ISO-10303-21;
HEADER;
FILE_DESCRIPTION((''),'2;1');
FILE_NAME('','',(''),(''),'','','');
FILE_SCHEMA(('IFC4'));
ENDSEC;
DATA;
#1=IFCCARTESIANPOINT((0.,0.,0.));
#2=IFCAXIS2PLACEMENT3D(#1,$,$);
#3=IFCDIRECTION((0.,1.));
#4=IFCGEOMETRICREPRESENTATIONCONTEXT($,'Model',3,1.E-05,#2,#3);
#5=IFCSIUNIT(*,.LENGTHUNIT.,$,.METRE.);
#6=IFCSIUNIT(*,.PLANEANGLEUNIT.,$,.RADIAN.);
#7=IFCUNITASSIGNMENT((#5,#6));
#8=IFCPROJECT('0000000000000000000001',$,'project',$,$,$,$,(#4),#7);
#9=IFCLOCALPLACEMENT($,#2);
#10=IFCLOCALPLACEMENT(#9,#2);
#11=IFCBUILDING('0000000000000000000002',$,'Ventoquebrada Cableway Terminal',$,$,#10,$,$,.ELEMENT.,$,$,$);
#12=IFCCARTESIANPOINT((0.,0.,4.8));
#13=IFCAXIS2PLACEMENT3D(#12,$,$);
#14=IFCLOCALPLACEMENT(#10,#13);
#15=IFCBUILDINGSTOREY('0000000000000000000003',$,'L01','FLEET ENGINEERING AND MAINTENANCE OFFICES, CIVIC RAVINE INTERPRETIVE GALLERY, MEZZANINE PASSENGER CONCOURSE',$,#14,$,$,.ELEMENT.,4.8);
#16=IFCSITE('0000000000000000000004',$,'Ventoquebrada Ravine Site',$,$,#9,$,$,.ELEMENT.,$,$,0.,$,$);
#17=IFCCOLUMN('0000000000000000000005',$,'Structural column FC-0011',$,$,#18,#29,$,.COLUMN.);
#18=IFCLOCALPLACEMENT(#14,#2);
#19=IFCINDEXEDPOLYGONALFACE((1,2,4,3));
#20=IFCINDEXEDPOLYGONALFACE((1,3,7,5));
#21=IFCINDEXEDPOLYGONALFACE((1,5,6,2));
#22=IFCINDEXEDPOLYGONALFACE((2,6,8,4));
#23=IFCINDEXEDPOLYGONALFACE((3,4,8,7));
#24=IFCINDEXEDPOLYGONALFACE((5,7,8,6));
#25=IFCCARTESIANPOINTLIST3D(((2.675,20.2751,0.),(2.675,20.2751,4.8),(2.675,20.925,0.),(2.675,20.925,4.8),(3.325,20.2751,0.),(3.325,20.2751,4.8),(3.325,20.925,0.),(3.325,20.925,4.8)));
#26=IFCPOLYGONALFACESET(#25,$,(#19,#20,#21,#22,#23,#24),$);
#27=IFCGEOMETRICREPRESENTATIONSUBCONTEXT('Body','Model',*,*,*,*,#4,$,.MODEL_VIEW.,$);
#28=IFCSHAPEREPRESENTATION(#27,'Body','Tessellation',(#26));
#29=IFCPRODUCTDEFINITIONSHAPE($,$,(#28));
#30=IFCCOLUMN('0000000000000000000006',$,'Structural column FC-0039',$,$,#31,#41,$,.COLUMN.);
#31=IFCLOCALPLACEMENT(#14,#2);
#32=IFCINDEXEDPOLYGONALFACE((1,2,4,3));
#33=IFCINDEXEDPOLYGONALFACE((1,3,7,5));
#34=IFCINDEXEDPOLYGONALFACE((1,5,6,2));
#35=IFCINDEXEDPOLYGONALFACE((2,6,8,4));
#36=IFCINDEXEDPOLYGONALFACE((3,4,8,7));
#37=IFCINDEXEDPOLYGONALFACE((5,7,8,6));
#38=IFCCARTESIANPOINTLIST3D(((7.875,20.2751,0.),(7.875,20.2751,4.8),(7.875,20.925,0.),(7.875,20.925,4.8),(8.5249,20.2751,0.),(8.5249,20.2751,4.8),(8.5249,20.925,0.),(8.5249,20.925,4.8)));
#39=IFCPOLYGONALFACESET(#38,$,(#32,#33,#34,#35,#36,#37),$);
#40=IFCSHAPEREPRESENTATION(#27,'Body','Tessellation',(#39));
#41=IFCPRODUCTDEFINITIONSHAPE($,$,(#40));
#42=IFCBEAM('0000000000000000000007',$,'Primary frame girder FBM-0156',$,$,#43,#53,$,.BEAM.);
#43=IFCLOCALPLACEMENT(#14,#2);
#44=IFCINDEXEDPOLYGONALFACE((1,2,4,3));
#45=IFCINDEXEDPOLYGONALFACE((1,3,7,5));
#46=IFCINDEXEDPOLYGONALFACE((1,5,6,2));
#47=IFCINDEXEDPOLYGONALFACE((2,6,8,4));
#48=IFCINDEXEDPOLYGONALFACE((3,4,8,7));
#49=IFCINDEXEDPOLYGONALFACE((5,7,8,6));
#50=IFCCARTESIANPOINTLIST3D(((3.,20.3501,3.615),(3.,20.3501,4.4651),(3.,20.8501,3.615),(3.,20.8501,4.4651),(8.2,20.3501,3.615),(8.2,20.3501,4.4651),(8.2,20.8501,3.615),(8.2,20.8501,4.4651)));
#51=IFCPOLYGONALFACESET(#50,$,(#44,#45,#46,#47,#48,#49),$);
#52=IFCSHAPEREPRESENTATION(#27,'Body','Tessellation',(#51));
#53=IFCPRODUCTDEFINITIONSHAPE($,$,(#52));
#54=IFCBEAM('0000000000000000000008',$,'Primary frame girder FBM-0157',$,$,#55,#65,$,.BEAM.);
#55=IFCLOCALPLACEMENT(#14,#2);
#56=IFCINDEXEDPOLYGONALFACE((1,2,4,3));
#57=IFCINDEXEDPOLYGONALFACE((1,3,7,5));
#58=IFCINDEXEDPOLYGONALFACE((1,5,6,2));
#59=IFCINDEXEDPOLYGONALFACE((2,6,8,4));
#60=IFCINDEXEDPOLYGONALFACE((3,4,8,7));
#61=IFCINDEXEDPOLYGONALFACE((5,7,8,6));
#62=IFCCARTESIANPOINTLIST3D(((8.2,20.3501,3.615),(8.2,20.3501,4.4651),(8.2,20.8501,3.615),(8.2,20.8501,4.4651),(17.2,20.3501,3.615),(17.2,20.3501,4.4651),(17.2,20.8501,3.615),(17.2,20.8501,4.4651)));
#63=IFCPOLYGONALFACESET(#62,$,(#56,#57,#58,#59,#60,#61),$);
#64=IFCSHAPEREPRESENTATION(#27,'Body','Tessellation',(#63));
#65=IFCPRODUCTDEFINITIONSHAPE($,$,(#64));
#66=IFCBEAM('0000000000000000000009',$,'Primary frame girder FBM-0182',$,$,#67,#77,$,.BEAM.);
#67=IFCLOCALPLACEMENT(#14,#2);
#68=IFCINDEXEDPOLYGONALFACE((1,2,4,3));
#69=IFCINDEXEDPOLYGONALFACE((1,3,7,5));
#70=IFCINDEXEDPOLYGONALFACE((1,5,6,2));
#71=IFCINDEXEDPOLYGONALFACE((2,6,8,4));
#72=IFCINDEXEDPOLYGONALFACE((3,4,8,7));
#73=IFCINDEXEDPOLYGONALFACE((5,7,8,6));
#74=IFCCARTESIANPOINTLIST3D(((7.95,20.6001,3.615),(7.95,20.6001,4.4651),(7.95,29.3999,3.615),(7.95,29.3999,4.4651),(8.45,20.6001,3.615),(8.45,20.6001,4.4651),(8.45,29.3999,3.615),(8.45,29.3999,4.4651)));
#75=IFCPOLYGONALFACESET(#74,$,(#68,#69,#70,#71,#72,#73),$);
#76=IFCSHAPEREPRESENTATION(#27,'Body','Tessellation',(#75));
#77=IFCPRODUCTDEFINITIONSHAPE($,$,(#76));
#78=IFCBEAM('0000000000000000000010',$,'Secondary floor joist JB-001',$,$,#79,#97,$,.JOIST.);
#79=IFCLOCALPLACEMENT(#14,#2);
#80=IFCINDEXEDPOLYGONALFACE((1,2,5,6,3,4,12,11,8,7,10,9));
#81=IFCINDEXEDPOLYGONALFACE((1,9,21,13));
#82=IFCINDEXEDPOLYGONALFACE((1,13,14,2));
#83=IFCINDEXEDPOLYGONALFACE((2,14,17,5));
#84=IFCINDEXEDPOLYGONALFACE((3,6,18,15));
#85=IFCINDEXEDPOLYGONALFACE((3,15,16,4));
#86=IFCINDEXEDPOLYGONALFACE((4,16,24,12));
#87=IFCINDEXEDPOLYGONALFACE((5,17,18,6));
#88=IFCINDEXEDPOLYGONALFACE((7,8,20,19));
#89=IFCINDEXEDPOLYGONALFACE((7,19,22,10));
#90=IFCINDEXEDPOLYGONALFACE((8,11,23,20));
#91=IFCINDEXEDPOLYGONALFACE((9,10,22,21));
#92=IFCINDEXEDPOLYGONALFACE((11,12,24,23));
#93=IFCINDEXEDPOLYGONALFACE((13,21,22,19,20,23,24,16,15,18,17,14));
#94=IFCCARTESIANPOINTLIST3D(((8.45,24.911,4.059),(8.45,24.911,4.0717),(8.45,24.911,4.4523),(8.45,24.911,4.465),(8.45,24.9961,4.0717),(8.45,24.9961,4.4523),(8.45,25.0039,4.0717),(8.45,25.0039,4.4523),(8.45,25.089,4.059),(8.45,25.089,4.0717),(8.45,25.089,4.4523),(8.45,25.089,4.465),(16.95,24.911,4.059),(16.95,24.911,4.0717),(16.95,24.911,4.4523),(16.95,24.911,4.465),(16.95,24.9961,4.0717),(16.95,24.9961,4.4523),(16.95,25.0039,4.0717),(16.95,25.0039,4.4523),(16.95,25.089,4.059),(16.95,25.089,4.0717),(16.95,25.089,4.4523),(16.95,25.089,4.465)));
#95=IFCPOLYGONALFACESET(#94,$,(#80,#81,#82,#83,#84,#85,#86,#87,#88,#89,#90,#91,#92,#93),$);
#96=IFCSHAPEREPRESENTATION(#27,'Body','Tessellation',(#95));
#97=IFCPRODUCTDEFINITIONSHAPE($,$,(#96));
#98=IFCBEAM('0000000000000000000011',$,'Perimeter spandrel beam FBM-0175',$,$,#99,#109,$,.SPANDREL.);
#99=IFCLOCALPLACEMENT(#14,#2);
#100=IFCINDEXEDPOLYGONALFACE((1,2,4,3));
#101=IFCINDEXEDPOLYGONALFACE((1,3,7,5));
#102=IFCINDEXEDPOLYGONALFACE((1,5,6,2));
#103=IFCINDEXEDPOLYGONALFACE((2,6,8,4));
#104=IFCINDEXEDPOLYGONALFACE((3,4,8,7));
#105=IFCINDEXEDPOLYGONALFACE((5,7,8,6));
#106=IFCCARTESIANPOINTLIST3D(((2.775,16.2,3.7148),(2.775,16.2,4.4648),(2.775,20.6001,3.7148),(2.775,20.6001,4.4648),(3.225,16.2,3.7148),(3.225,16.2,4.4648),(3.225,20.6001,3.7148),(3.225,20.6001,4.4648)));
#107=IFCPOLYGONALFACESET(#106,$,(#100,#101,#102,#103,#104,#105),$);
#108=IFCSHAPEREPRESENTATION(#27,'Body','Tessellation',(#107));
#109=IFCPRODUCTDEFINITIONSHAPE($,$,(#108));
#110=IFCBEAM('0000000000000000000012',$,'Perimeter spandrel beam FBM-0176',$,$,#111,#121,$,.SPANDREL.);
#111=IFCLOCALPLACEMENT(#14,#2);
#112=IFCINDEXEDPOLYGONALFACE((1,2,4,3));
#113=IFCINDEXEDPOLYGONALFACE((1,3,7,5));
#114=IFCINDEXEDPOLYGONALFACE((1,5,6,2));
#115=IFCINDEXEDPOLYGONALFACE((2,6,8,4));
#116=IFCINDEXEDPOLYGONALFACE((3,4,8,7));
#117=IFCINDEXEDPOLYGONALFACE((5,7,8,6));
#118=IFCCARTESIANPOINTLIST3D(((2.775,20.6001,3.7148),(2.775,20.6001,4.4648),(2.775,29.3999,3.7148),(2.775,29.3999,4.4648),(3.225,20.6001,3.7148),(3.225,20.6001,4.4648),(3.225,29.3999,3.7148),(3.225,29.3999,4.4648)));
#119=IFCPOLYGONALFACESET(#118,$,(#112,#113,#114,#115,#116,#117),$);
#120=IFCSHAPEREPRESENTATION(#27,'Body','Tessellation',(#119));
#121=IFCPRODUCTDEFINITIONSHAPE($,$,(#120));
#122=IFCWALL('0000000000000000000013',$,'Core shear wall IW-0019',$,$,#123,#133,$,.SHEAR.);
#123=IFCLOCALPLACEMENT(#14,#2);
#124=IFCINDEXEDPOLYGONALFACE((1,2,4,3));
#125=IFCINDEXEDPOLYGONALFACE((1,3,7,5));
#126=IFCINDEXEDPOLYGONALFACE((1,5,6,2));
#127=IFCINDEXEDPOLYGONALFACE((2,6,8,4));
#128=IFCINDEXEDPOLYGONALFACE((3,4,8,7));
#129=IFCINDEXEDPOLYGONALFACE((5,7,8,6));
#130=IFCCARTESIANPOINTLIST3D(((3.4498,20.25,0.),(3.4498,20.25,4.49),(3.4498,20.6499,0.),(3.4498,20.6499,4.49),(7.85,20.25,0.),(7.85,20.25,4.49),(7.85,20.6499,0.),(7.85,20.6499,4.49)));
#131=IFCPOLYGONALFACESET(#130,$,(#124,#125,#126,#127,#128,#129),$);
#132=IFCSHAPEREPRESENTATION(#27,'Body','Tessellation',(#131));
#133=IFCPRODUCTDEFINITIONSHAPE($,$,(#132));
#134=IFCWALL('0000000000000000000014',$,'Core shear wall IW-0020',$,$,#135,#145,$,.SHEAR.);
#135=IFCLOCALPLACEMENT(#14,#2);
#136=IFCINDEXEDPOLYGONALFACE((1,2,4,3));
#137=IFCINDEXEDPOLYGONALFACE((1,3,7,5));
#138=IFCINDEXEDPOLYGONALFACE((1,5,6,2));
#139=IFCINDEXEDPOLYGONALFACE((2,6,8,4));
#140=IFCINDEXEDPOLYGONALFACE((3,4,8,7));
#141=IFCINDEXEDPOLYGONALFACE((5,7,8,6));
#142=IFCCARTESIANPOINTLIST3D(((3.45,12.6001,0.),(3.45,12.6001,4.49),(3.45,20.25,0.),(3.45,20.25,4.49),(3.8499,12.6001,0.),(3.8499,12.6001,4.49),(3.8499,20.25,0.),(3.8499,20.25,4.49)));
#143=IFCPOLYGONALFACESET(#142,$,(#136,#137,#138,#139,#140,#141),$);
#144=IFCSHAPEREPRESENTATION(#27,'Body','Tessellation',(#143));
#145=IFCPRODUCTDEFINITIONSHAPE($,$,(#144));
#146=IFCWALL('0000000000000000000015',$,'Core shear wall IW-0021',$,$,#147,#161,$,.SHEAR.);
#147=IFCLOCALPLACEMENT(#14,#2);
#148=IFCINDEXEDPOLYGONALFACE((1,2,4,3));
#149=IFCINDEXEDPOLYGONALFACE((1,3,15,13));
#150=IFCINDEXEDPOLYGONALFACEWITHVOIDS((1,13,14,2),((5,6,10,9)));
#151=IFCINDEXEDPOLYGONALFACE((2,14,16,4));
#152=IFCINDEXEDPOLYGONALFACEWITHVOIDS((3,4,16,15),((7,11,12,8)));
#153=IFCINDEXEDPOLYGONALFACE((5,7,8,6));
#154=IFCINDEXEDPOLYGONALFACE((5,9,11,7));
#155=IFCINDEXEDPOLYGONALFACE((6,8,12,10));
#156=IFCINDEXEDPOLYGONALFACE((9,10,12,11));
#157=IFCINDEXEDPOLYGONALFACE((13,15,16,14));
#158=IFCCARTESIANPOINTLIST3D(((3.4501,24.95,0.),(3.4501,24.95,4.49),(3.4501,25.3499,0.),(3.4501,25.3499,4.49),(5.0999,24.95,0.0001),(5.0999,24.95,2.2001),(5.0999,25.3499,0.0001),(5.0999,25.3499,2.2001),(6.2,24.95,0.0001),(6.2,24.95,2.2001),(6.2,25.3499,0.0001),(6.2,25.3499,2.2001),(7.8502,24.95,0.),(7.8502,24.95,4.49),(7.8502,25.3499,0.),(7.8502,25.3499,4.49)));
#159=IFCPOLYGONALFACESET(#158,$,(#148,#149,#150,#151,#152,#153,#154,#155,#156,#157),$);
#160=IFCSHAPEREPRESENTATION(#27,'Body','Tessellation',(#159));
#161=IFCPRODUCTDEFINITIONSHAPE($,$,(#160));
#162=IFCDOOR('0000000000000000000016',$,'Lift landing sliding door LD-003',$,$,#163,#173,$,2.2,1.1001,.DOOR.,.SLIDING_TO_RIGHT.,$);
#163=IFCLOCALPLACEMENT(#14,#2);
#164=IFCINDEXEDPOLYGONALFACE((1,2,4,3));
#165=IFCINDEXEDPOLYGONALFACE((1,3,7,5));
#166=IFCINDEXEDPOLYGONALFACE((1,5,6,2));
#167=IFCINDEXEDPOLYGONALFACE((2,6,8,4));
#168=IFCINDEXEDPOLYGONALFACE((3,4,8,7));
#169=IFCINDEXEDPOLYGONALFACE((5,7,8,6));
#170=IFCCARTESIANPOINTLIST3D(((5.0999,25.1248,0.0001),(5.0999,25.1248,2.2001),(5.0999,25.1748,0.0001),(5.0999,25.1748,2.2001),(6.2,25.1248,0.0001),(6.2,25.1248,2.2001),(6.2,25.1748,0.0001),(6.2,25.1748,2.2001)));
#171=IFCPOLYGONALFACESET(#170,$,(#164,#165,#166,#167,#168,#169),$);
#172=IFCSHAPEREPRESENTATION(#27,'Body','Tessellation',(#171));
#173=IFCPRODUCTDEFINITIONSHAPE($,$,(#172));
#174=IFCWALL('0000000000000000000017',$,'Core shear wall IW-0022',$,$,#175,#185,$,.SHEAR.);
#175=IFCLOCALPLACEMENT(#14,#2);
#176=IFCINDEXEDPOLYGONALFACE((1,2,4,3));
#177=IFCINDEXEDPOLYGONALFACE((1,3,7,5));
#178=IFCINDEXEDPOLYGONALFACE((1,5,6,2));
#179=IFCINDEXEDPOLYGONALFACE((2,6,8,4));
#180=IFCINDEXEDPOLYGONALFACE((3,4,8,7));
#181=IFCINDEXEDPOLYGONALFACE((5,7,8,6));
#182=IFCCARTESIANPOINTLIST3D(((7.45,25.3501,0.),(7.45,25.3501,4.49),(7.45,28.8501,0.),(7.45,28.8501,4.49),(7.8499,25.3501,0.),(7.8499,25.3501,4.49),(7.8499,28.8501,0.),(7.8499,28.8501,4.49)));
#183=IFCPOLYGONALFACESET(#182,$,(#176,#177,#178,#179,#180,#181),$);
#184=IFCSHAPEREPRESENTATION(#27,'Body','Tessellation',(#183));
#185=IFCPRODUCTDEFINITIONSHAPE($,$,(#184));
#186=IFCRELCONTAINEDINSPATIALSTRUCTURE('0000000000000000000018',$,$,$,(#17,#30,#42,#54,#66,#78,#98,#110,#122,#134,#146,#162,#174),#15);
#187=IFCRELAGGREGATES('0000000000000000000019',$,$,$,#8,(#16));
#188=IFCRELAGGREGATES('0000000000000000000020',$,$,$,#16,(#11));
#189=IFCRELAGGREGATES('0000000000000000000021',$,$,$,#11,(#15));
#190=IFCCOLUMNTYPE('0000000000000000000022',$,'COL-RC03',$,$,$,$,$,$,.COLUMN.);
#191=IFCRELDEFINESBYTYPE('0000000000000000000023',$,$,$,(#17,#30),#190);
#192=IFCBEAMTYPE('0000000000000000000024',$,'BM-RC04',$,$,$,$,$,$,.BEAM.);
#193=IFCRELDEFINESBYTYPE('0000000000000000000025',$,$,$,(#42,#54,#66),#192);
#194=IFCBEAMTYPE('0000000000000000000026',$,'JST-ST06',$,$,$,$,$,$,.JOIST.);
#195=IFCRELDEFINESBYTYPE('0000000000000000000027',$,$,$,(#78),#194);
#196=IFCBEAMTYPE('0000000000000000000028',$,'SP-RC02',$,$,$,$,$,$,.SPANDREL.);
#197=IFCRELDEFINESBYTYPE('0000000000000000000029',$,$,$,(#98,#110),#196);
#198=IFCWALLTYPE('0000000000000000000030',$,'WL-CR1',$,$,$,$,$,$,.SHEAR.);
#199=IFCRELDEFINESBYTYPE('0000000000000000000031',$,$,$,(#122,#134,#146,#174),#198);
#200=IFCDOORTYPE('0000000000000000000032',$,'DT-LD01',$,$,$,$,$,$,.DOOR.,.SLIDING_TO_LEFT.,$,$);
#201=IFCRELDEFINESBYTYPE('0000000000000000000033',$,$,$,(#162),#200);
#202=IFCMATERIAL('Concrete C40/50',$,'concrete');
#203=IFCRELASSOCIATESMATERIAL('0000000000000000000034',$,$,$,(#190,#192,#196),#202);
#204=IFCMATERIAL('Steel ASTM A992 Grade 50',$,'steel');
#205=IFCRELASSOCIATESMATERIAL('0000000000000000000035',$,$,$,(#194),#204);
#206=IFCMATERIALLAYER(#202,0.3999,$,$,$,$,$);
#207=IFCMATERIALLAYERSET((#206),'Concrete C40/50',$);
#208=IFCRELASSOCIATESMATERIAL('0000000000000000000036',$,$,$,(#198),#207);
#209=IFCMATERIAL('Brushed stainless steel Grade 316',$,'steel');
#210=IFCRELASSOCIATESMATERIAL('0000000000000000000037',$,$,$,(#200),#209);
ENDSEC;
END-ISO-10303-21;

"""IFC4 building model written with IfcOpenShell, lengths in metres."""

from ifc_helpers import new_model, si_unit, direction, frame, frame_2d, origin, origin_2d, place, context, subcontext, project, spatial, rectangle, i_section, extrude, material, layer, layer_set, material_profile, profile_set, type_object, element, fill, save


model = new_model("IFC4")

# Units and contexts
model_context = context("Model", 3, precision=1e-05, world=origin(), true_north=direction((0.0, 1.0)))
body_context = subcontext(model_context, "Body", "Model", "MODEL_VIEW")
ifc_project = project(units=[si_unit("LENGTHUNIT", "METRE"), si_unit("PLANEANGLEUNIT", "RADIAN")], contexts=[model_context])

# Site, building, storey
site_placement = place(None, origin())
site = spatial("IfcSite", under=ifc_project, at=site_placement, Name="Ventoquebrada Ravine Site", CompositionType="ELEMENT", RefElevation=0.0)
building_placement = place(site_placement, origin())
building = spatial("IfcBuilding", under=site, at=building_placement, Name="Ventoquebrada Cableway Terminal", CompositionType="ELEMENT")
storey_placement = place(building_placement, frame((0.0, 0.0, 4.8)))
storey = spatial("IfcBuildingStorey", under=building, at=storey_placement, Name="L01", Description="FLEET ENGINEERING AND MAINTENANCE OFFICES, CIVIC RAVINE INTERPRETIVE GALLERY, MEZZANINE PASSENGER CONCOURSE", CompositionType="ELEMENT", Elevation=4.8)

# Columns
ifc_material_1 = material(Name="Concrete C40/50", Category="concrete")
ifc_material_profile_1 = material_profile(ifc_material_1, rectangle(XDim=0.6499, YDim=0.6499, at=origin_2d()), Name="RC-COL-650X650")
ifc_profile_set_1 = profile_set([ifc_material_profile_1], Name="Concrete C40/50")
column_type = type_object("IfcColumnType", Name="COL-RC03", PredefinedType="COLUMN", material=ifc_profile_set_1)
for number, where, z_axis, x_axis, name in (
    (1, (3.0, 20.6001, 0.0), (0.0, 0.0, 1.0), (1.0, 0.0, 0.0), "Structural column FC-0011"),
    (2, (8.2, 20.6001, 0.0), (0.0, 0.0, 1.0), (1.0, 0.0, 0.0), "Structural column FC-0039"),
):
    element("IfcColumn", number, at=place(storey_placement, frame(where, z_axis=z_axis, x_axis=x_axis)), inside=storey, type_object=column_type, Name=name, PredefinedType="COLUMN", context=body_context, shape_type="SweptSolid", body=[
        extrude(rectangle(XDim=0.6499, YDim=0.6499, at=origin_2d()), origin(), (0.0, 0.0, 1.0), 4.8),
    ])

# Beams
ifc_material_profile_2 = material_profile(ifc_material_1, rectangle(XDim=0.5, YDim=0.8501, at=origin_2d()), Name="RC-BM-500X850")
ifc_profile_set_2 = profile_set([ifc_material_profile_2], Name="Concrete C40/50")
beam_type_1 = type_object("IfcBeamType", Name="BM-RC04", PredefinedType="BEAM", material=ifc_profile_set_2)
beam_1_placement = place(storey_placement, frame((3.0, 20.6001, 4.04), z_axis=(1.0, 0.0, 0.0), x_axis=(0.0, 1.0, 0.0)))
element("IfcBeam", 3, at=beam_1_placement, inside=storey, type_object=beam_type_1, Name="Primary frame girder FBM-0156", PredefinedType="BEAM", context=body_context, shape_type="SweptSolid", body=[
    extrude(rectangle(XDim=0.5, YDim=0.8501, at=origin_2d()), origin(), (0.0, 0.0, 1.0), 5.2),
])
beam_2_placement = place(storey_placement, frame((8.2, 20.6001, 4.04), z_axis=(1.0, 0.0, 0.0), x_axis=(0.0, 1.0, 0.0)))
element("IfcBeam", 4, at=beam_2_placement, inside=storey, type_object=beam_type_1, Name="Primary frame girder FBM-0157", PredefinedType="BEAM", context=body_context, shape_type="SweptSolid", body=[
    extrude(rectangle(XDim=0.5, YDim=0.8501, at=origin_2d()), origin(), (0.0, 0.0, 1.0), 9.0),
])
beam_3_placement = place(storey_placement, frame((8.2, 20.6001, 4.04), z_axis=(0.0, 1.0, 0.0), x_axis=(-1.0, 0.0, 0.0)))
element("IfcBeam", 5, at=beam_3_placement, inside=storey, type_object=beam_type_1, Name="Primary frame girder FBM-0182", PredefinedType="BEAM", context=body_context, shape_type="SweptSolid", body=[
    extrude(rectangle(XDim=0.5, YDim=0.8501, at=origin_2d()), origin(), (0.0, 0.0, 1.0), 8.7998),
])
ifc_material_2 = material(Name="Steel ASTM A992 Grade 50", Category="steel")
ifc_material_profile_3 = material_profile(ifc_material_2, i_section(OverallWidth=0.178, OverallDepth=0.406, WebThickness=0.0078, FlangeThickness=0.0127, at=origin_2d()), Name="W16X40")
ifc_profile_set_3 = profile_set([ifc_material_profile_3], Name="Steel ASTM A992 Grade 50")
beam_type_2 = type_object("IfcBeamType", Name="JST-ST06", PredefinedType="JOIST", material=ifc_profile_set_3)
beam_4_placement = place(storey_placement, frame((8.45, 25.0, 4.262), z_axis=(1.0, 0.0, 0.0), x_axis=(0.0, 1.0, 0.0)))
element("IfcBeam", 6, at=beam_4_placement, inside=storey, type_object=beam_type_2, Name="Secondary floor joist JB-001", PredefinedType="JOIST", context=body_context, shape_type="SweptSolid", body=[
    extrude(i_section(OverallWidth=0.178, OverallDepth=0.406, WebThickness=0.0078, FlangeThickness=0.0127, at=origin_2d()), origin(), (0.0, 0.0, 1.0), 8.5),
])
ifc_material_profile_4 = material_profile(ifc_material_1, rectangle(XDim=0.45, YDim=0.75, at=origin_2d()), Name="RC-BM-450X750")
ifc_profile_set_4 = profile_set([ifc_material_profile_4], Name="Concrete C40/50")
beam_type_3 = type_object("IfcBeamType", Name="SP-RC02", PredefinedType="SPANDREL", material=ifc_profile_set_4)
beam_5_placement = place(storey_placement, frame((3.0, 16.2, 4.0898), z_axis=(0.0, 1.0, 0.0), x_axis=(-1.0, 0.0, 0.0)))
element("IfcBeam", 7, at=beam_5_placement, inside=storey, type_object=beam_type_3, Name="Perimeter spandrel beam FBM-0175", PredefinedType="SPANDREL", context=body_context, shape_type="SweptSolid", body=[
    extrude(rectangle(XDim=0.45, YDim=0.75, at=origin_2d()), origin(), (0.0, 0.0, 1.0), 4.4001),
])
beam_6_placement = place(storey_placement, frame((3.0, 20.6001, 4.0898), z_axis=(0.0, 1.0, 0.0), x_axis=(-1.0, 0.0, 0.0)))
element("IfcBeam", 8, at=beam_6_placement, inside=storey, type_object=beam_type_3, Name="Perimeter spandrel beam FBM-0176", PredefinedType="SPANDREL", context=body_context, shape_type="SweptSolid", body=[
    extrude(rectangle(XDim=0.45, YDim=0.75, at=origin_2d()), origin(), (0.0, 0.0, 1.0), 8.7998),
])

# Walls
ifc_layer_1 = layer(ifc_material_1, 0.3999)
ifc_layer_set_1 = layer_set([ifc_layer_1], Name="Concrete C40/50")
wall_type_1 = type_object("IfcWallType", Name="WL-CR1", PredefinedType="SHEAR", material=ifc_layer_set_1)
wall_1_placement = place(storey_placement, frame((7.8501, 20.45, 0.0), z_axis=(0.0, 0.0, 1.0), x_axis=(-1.0, 0.0, 0.0)))
element("IfcWall", 9, at=wall_1_placement, inside=storey, type_object=wall_type_1, Name="Core shear wall IW-0019", PredefinedType="SHEAR", context=body_context, shape_type="SweptSolid", body=[
    extrude(rectangle(XDim=4.4001, YDim=0.3999, at=frame_2d((2.2002, 0.0))), origin(), (0.0, 0.0, 1.0), 4.49),
])
wall_2_placement = place(storey_placement, frame((3.6499, 20.25, 0.0), z_axis=(0.0, 0.0, 1.0), x_axis=(0.0, -1.0, 0.0)))
element("IfcWall", 10, at=wall_2_placement, inside=storey, type_object=wall_type_1, Name="Core shear wall IW-0020", PredefinedType="SHEAR", context=body_context, shape_type="SweptSolid", body=[
    extrude(rectangle(XDim=7.6499, YDim=0.3999, at=frame_2d((3.825, 0.0))), origin(), (0.0, 0.0, 1.0), 4.49),
])

# Wall, opening, door
wall_3_placement = place(storey_placement, frame((3.45, 25.1499, 0.0), z_axis=(0.0, 0.0, 1.0), x_axis=(1.0, 0.0, 0.0)))
wall_3 = element("IfcWall", 11, at=wall_3_placement, inside=storey, type_object=wall_type_1, Name="Core shear wall IW-0021", PredefinedType="SHEAR", context=body_context, shape_type="SweptSolid", body=[
    extrude(rectangle(XDim=4.4001, YDim=0.3999, at=frame_2d((2.2002, 0.0))), origin(), (0.0, 0.0, 1.0), 4.49),
])
opening_1_placement = place(wall_3_placement, frame((1.6499, 0.0, 0.0)))
opening_1 = element("IfcOpeningElement", 12, at=opening_1_placement, cuts=wall_3, PredefinedType="OPENING", context=body_context, shape_type="SweptSolid", body=[
    extrude(rectangle(XDim=1.1001, YDim=2.2, at=frame_2d((0.55, 1.1001))), frame((0.0, 0.21, 0.0), z_axis=(0.0, -1.0, 0.0), x_axis=(1.0, 0.0, 0.0)), (0.0, 0.0, 1.0), 0.4199),
])
ifc_material_3 = material(Name="Brushed stainless steel Grade 316", Category="steel")
door_type_1 = type_object("IfcDoorType", Name="DT-LD01", OperationType="SLIDING_TO_LEFT", PredefinedType="DOOR", material=ifc_material_3)
door_1_placement = place(opening_1_placement, origin())
door_1 = element("IfcDoor", 13, at=door_1_placement, inside=storey, type_object=door_type_1, Name="Lift landing sliding door LD-003", OperationType="SLIDING_TO_RIGHT", OverallHeight=2.2, OverallWidth=1.1001, PredefinedType="DOOR", context=body_context, shape_type="SweptSolid", body=[
    extrude(rectangle(XDim=1.1001, YDim=2.2, at=frame_2d((0.55, 1.1001))), frame((0.0, 0.0249, 0.0), z_axis=(0.0, -1.0, 0.0), x_axis=(1.0, 0.0, 0.0)), (0.0, 0.0, 1.0), 0.05),
])
fill(opening_1, door_1)

# Wall
for number, where, z_axis, x_axis, name in (
    (14, (7.6499, 25.3501, 0.0), (0.0, 0.0, 1.0), (0.0, 1.0, 0.0), "Core shear wall IW-0022"),
):
    element("IfcWall", number, at=place(storey_placement, frame(where, z_axis=z_axis, x_axis=x_axis)), inside=storey, type_object=wall_type_1, Name=name, PredefinedType="SHEAR", context=body_context, shape_type="SweptSolid", body=[
        extrude(rectangle(XDim=3.5, YDim=0.3999, at=frame_2d((1.75, 0.0))), origin(), (0.0, 0.0, 1.0), 4.49),
    ])

save(model, "model.ifc")
